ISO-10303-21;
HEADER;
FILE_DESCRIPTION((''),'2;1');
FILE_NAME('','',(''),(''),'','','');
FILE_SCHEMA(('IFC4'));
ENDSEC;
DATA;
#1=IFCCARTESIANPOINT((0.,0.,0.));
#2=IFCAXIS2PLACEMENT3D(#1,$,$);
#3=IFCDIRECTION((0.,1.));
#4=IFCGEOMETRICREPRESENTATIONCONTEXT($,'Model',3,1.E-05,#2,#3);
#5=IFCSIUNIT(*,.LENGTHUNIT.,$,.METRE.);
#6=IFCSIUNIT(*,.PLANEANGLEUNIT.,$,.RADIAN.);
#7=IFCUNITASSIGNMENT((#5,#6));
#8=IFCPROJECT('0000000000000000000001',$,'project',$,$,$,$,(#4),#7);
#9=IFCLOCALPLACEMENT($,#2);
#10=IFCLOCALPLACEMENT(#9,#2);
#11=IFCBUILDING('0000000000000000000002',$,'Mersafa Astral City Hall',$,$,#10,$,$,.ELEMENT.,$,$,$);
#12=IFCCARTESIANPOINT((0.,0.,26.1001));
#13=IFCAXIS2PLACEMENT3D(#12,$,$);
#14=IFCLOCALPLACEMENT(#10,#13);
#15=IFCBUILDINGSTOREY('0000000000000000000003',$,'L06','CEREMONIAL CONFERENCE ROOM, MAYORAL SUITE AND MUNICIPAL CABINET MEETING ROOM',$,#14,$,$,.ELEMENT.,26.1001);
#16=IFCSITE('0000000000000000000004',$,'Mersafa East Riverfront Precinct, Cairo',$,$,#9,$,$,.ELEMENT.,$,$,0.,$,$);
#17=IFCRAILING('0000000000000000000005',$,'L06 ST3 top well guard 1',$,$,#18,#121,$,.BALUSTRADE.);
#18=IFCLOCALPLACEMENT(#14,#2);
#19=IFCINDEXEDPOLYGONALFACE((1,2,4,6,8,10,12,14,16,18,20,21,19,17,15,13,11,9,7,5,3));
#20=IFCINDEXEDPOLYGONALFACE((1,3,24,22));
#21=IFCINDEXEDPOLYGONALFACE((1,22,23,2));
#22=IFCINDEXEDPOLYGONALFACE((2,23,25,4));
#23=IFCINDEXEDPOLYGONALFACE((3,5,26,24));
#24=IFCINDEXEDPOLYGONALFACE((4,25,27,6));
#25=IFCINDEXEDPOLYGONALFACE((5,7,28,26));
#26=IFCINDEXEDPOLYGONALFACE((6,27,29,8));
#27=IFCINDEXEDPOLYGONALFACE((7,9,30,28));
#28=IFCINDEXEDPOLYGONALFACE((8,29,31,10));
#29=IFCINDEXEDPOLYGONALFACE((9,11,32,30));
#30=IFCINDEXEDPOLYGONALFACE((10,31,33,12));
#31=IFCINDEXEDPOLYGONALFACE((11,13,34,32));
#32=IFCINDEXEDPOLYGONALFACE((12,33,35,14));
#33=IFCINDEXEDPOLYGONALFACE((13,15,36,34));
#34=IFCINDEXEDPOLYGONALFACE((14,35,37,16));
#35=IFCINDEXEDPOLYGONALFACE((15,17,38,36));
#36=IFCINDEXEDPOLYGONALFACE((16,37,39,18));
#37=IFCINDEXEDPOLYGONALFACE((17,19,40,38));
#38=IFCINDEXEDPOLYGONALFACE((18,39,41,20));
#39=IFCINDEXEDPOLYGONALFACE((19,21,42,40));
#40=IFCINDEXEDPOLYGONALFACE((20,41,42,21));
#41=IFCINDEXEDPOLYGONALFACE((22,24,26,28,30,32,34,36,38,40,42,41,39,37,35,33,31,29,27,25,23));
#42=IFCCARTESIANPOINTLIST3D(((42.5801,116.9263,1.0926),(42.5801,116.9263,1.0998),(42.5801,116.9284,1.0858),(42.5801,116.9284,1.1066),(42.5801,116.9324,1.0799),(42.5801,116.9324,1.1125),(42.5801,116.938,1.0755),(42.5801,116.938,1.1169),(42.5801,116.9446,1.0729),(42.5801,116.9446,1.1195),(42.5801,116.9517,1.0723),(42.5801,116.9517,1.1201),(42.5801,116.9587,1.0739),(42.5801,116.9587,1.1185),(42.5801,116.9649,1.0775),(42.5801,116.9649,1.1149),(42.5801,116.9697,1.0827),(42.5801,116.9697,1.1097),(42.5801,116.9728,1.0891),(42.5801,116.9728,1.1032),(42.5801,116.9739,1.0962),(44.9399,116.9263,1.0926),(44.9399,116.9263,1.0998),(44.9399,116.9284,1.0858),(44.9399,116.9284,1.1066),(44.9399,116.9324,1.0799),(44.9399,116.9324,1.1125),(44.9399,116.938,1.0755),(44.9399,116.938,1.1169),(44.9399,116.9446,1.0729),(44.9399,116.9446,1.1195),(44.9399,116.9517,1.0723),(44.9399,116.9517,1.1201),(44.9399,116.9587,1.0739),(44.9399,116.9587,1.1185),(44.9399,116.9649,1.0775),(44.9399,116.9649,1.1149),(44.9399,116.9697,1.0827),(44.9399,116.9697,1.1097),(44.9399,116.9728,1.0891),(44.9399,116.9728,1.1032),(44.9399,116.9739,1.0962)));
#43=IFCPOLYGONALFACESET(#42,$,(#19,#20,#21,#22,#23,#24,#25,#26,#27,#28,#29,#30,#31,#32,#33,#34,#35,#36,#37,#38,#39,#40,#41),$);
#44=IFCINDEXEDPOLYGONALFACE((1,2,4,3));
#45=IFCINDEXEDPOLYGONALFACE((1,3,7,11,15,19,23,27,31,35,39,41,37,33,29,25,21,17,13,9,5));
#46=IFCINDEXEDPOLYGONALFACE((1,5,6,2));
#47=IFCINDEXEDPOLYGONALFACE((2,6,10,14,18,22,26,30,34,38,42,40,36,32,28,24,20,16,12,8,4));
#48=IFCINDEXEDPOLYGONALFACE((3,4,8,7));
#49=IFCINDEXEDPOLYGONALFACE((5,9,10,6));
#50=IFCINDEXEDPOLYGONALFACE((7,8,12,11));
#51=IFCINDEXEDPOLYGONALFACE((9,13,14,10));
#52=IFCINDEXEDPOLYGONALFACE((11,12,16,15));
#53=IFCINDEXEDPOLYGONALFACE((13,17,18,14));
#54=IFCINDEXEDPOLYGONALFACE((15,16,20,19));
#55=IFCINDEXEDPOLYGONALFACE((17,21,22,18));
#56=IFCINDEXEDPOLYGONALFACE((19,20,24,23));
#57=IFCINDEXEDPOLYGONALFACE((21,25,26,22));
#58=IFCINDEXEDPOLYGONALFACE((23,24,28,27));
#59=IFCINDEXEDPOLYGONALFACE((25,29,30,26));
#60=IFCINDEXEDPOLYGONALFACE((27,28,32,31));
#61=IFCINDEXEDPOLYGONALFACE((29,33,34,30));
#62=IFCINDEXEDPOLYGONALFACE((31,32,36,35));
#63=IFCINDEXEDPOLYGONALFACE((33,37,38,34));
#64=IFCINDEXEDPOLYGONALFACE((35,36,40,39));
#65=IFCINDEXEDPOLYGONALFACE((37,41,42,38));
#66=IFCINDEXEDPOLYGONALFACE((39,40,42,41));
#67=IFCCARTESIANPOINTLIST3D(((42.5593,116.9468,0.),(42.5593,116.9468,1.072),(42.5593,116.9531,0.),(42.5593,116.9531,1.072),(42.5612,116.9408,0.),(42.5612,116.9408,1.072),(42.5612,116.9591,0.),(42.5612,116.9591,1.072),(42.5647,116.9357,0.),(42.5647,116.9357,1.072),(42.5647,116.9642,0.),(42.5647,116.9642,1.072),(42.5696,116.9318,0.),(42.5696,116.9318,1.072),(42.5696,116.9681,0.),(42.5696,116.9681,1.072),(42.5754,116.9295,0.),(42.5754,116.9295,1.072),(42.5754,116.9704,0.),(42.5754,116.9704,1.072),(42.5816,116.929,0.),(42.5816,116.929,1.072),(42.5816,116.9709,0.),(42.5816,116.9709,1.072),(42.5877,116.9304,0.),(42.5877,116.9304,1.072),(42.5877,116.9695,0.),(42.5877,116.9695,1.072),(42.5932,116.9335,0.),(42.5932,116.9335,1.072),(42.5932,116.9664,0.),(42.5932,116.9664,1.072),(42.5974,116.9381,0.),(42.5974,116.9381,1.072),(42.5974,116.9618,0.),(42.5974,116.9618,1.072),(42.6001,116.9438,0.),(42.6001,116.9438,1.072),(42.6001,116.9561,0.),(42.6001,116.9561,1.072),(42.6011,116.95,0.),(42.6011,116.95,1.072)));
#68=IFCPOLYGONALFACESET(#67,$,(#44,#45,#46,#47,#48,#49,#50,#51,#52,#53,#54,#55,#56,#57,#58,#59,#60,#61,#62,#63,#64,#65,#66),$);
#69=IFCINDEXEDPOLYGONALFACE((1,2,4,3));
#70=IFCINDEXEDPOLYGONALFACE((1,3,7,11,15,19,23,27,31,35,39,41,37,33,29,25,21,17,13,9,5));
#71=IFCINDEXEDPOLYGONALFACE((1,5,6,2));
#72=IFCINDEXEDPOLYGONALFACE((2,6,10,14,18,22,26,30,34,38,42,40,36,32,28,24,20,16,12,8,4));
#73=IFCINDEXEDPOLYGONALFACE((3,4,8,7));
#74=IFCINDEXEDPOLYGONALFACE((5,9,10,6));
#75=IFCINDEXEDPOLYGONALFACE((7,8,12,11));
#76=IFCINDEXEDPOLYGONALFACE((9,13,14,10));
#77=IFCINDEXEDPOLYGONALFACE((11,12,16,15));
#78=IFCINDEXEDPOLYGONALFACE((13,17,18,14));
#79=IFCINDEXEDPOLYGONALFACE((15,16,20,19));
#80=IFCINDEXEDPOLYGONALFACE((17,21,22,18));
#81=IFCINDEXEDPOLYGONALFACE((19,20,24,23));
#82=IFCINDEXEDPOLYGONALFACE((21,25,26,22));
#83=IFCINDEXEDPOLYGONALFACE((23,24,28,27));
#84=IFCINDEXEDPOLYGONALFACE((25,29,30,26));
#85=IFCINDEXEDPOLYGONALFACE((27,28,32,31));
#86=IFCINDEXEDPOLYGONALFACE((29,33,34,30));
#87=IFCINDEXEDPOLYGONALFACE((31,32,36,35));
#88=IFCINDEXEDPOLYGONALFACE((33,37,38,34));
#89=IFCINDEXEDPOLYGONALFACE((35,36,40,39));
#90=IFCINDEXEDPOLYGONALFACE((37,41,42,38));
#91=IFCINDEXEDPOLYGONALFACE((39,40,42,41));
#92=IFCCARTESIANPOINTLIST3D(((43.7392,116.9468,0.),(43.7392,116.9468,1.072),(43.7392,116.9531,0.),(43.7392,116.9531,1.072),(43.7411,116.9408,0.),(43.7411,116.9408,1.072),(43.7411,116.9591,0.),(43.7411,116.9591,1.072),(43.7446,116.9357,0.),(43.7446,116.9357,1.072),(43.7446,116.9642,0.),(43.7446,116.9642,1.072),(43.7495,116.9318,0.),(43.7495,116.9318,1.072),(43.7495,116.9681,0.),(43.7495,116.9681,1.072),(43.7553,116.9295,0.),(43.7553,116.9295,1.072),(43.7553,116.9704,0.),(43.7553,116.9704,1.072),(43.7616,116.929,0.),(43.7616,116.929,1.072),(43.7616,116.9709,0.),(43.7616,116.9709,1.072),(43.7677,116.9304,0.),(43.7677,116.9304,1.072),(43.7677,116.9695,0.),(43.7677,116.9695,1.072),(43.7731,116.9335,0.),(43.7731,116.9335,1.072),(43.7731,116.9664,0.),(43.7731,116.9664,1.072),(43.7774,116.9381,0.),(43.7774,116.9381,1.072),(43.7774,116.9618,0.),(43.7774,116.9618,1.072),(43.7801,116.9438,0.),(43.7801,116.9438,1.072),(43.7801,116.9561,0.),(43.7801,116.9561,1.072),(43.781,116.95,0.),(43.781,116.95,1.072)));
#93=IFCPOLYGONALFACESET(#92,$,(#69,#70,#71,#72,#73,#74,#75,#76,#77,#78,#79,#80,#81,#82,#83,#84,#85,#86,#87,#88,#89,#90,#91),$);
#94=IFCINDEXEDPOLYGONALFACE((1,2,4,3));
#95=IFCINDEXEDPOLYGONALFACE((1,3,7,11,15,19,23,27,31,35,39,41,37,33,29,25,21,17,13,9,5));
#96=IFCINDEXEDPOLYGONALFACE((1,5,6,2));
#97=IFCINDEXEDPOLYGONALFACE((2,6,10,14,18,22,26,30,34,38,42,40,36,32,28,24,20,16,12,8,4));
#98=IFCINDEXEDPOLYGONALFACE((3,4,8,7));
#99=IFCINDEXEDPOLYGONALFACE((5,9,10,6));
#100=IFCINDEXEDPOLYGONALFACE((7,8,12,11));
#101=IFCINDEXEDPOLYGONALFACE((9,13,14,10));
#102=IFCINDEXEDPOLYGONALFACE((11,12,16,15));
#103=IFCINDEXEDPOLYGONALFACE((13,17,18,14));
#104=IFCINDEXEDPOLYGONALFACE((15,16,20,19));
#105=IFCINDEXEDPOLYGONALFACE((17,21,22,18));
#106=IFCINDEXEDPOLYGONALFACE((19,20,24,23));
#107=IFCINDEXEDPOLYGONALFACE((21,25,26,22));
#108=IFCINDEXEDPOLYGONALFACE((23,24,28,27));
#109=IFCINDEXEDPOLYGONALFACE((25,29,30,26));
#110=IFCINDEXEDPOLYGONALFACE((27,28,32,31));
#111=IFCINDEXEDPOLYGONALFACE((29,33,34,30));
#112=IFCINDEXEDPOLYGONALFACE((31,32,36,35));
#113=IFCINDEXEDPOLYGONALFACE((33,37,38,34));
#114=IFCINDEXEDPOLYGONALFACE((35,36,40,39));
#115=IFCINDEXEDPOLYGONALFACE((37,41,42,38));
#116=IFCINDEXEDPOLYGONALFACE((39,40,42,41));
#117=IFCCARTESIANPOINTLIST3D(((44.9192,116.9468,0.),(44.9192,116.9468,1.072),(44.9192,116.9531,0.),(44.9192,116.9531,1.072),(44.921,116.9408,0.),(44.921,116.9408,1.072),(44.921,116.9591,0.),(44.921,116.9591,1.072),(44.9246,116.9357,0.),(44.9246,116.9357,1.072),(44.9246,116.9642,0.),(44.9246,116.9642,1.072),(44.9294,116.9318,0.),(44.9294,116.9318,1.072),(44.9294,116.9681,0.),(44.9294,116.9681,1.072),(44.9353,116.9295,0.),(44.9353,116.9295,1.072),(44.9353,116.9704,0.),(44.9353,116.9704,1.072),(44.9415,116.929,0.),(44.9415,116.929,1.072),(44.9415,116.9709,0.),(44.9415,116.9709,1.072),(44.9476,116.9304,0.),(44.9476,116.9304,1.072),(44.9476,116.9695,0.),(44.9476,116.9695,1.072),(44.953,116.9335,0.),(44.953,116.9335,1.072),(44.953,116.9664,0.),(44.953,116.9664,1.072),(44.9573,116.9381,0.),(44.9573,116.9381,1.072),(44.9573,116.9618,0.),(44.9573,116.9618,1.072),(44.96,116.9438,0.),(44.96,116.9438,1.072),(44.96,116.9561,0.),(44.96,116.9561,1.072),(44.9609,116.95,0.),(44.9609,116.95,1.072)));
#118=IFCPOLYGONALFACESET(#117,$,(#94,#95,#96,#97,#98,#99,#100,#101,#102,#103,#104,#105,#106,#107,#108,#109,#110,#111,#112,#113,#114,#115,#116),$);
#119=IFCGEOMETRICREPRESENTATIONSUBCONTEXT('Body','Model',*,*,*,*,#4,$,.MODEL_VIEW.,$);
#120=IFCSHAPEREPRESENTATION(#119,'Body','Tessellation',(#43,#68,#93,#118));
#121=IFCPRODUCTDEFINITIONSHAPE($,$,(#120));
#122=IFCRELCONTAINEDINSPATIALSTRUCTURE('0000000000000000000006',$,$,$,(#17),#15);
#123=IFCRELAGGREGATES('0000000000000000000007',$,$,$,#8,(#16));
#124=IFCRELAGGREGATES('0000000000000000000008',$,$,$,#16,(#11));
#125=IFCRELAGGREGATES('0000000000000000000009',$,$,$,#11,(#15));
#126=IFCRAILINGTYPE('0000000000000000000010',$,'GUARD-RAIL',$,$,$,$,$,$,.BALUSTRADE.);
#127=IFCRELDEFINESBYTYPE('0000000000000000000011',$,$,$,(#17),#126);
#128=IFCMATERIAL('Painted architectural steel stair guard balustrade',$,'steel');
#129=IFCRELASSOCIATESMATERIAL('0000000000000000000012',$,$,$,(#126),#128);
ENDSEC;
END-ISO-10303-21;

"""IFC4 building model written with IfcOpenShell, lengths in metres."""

from ifc_helpers import new_model, si_unit, direction, frame, origin, origin_2d, place, context, subcontext, project, spatial, circle, extrude, material, type_object, element, save


model = new_model("IFC4")

# Units and contexts
model_context = context("Model", 3, precision=1e-05, world=origin(), true_north=direction((0.0, 1.0)))
body_context = subcontext(model_context, "Body", "Model", "MODEL_VIEW")
ifc_project = project(units=[si_unit("LENGTHUNIT", "METRE"), si_unit("PLANEANGLEUNIT", "RADIAN")], contexts=[model_context])

# Site, building, storey
site_placement = place(None, origin())
site = spatial("IfcSite", under=ifc_project, at=site_placement, Name="Mersafa East Riverfront Precinct, Cairo", CompositionType="ELEMENT", RefElevation=0.0)
building_placement = place(site_placement, origin())
building = spatial("IfcBuilding", under=site, at=building_placement, Name="Mersafa Astral City Hall", CompositionType="ELEMENT")
storey_placement = place(building_placement, frame((0.0, 0.0, 26.1001)))
storey = spatial("IfcBuildingStorey", under=building, at=storey_placement, Name="L06", Description="CEREMONIAL CONFERENCE ROOM, MAYORAL SUITE AND MUNICIPAL CABINET MEETING ROOM", CompositionType="ELEMENT", Elevation=26.1001)

# Railing
ifc_material_1 = material(Name="Painted architectural steel stair guard balustrade", Category="steel")
railing_type = type_object("IfcRailingType", Name="GUARD-RAIL", PredefinedType="BALUSTRADE", material=ifc_material_1)
railing_1_placement = place(storey_placement, frame((42.5801, 116.95, 0.0)))
element("IfcRailing", 1, at=railing_1_placement, inside=storey, type_object=railing_type, Name="L06 ST3 top well guard 1", PredefinedType="BALUSTRADE", context=body_context, shape_type="SweptSolid", body=[
    extrude(circle(Radius=0.0239, at=origin_2d()), frame((0.0, 0.0, 1.0962), z_axis=(1.0, 0.0, 0.0), x_axis=(0.0, 1.0, 0.0)), (0.0, 0.0, 1.0), 2.3599),
    extrude(circle(Radius=0.021, at=origin_2d()), origin(), (0.0, 0.0, 1.0), 1.072),
    extrude(circle(Radius=0.021, at=origin_2d()), frame((1.1799, 0.0, 0.0)), (0.0, 0.0, 1.0), 1.072),
    extrude(circle(Radius=0.021, at=origin_2d()), frame((2.3599, 0.0, 0.0)), (0.0, 0.0, 1.0), 1.072),
])

save(model, "model.ifc")
